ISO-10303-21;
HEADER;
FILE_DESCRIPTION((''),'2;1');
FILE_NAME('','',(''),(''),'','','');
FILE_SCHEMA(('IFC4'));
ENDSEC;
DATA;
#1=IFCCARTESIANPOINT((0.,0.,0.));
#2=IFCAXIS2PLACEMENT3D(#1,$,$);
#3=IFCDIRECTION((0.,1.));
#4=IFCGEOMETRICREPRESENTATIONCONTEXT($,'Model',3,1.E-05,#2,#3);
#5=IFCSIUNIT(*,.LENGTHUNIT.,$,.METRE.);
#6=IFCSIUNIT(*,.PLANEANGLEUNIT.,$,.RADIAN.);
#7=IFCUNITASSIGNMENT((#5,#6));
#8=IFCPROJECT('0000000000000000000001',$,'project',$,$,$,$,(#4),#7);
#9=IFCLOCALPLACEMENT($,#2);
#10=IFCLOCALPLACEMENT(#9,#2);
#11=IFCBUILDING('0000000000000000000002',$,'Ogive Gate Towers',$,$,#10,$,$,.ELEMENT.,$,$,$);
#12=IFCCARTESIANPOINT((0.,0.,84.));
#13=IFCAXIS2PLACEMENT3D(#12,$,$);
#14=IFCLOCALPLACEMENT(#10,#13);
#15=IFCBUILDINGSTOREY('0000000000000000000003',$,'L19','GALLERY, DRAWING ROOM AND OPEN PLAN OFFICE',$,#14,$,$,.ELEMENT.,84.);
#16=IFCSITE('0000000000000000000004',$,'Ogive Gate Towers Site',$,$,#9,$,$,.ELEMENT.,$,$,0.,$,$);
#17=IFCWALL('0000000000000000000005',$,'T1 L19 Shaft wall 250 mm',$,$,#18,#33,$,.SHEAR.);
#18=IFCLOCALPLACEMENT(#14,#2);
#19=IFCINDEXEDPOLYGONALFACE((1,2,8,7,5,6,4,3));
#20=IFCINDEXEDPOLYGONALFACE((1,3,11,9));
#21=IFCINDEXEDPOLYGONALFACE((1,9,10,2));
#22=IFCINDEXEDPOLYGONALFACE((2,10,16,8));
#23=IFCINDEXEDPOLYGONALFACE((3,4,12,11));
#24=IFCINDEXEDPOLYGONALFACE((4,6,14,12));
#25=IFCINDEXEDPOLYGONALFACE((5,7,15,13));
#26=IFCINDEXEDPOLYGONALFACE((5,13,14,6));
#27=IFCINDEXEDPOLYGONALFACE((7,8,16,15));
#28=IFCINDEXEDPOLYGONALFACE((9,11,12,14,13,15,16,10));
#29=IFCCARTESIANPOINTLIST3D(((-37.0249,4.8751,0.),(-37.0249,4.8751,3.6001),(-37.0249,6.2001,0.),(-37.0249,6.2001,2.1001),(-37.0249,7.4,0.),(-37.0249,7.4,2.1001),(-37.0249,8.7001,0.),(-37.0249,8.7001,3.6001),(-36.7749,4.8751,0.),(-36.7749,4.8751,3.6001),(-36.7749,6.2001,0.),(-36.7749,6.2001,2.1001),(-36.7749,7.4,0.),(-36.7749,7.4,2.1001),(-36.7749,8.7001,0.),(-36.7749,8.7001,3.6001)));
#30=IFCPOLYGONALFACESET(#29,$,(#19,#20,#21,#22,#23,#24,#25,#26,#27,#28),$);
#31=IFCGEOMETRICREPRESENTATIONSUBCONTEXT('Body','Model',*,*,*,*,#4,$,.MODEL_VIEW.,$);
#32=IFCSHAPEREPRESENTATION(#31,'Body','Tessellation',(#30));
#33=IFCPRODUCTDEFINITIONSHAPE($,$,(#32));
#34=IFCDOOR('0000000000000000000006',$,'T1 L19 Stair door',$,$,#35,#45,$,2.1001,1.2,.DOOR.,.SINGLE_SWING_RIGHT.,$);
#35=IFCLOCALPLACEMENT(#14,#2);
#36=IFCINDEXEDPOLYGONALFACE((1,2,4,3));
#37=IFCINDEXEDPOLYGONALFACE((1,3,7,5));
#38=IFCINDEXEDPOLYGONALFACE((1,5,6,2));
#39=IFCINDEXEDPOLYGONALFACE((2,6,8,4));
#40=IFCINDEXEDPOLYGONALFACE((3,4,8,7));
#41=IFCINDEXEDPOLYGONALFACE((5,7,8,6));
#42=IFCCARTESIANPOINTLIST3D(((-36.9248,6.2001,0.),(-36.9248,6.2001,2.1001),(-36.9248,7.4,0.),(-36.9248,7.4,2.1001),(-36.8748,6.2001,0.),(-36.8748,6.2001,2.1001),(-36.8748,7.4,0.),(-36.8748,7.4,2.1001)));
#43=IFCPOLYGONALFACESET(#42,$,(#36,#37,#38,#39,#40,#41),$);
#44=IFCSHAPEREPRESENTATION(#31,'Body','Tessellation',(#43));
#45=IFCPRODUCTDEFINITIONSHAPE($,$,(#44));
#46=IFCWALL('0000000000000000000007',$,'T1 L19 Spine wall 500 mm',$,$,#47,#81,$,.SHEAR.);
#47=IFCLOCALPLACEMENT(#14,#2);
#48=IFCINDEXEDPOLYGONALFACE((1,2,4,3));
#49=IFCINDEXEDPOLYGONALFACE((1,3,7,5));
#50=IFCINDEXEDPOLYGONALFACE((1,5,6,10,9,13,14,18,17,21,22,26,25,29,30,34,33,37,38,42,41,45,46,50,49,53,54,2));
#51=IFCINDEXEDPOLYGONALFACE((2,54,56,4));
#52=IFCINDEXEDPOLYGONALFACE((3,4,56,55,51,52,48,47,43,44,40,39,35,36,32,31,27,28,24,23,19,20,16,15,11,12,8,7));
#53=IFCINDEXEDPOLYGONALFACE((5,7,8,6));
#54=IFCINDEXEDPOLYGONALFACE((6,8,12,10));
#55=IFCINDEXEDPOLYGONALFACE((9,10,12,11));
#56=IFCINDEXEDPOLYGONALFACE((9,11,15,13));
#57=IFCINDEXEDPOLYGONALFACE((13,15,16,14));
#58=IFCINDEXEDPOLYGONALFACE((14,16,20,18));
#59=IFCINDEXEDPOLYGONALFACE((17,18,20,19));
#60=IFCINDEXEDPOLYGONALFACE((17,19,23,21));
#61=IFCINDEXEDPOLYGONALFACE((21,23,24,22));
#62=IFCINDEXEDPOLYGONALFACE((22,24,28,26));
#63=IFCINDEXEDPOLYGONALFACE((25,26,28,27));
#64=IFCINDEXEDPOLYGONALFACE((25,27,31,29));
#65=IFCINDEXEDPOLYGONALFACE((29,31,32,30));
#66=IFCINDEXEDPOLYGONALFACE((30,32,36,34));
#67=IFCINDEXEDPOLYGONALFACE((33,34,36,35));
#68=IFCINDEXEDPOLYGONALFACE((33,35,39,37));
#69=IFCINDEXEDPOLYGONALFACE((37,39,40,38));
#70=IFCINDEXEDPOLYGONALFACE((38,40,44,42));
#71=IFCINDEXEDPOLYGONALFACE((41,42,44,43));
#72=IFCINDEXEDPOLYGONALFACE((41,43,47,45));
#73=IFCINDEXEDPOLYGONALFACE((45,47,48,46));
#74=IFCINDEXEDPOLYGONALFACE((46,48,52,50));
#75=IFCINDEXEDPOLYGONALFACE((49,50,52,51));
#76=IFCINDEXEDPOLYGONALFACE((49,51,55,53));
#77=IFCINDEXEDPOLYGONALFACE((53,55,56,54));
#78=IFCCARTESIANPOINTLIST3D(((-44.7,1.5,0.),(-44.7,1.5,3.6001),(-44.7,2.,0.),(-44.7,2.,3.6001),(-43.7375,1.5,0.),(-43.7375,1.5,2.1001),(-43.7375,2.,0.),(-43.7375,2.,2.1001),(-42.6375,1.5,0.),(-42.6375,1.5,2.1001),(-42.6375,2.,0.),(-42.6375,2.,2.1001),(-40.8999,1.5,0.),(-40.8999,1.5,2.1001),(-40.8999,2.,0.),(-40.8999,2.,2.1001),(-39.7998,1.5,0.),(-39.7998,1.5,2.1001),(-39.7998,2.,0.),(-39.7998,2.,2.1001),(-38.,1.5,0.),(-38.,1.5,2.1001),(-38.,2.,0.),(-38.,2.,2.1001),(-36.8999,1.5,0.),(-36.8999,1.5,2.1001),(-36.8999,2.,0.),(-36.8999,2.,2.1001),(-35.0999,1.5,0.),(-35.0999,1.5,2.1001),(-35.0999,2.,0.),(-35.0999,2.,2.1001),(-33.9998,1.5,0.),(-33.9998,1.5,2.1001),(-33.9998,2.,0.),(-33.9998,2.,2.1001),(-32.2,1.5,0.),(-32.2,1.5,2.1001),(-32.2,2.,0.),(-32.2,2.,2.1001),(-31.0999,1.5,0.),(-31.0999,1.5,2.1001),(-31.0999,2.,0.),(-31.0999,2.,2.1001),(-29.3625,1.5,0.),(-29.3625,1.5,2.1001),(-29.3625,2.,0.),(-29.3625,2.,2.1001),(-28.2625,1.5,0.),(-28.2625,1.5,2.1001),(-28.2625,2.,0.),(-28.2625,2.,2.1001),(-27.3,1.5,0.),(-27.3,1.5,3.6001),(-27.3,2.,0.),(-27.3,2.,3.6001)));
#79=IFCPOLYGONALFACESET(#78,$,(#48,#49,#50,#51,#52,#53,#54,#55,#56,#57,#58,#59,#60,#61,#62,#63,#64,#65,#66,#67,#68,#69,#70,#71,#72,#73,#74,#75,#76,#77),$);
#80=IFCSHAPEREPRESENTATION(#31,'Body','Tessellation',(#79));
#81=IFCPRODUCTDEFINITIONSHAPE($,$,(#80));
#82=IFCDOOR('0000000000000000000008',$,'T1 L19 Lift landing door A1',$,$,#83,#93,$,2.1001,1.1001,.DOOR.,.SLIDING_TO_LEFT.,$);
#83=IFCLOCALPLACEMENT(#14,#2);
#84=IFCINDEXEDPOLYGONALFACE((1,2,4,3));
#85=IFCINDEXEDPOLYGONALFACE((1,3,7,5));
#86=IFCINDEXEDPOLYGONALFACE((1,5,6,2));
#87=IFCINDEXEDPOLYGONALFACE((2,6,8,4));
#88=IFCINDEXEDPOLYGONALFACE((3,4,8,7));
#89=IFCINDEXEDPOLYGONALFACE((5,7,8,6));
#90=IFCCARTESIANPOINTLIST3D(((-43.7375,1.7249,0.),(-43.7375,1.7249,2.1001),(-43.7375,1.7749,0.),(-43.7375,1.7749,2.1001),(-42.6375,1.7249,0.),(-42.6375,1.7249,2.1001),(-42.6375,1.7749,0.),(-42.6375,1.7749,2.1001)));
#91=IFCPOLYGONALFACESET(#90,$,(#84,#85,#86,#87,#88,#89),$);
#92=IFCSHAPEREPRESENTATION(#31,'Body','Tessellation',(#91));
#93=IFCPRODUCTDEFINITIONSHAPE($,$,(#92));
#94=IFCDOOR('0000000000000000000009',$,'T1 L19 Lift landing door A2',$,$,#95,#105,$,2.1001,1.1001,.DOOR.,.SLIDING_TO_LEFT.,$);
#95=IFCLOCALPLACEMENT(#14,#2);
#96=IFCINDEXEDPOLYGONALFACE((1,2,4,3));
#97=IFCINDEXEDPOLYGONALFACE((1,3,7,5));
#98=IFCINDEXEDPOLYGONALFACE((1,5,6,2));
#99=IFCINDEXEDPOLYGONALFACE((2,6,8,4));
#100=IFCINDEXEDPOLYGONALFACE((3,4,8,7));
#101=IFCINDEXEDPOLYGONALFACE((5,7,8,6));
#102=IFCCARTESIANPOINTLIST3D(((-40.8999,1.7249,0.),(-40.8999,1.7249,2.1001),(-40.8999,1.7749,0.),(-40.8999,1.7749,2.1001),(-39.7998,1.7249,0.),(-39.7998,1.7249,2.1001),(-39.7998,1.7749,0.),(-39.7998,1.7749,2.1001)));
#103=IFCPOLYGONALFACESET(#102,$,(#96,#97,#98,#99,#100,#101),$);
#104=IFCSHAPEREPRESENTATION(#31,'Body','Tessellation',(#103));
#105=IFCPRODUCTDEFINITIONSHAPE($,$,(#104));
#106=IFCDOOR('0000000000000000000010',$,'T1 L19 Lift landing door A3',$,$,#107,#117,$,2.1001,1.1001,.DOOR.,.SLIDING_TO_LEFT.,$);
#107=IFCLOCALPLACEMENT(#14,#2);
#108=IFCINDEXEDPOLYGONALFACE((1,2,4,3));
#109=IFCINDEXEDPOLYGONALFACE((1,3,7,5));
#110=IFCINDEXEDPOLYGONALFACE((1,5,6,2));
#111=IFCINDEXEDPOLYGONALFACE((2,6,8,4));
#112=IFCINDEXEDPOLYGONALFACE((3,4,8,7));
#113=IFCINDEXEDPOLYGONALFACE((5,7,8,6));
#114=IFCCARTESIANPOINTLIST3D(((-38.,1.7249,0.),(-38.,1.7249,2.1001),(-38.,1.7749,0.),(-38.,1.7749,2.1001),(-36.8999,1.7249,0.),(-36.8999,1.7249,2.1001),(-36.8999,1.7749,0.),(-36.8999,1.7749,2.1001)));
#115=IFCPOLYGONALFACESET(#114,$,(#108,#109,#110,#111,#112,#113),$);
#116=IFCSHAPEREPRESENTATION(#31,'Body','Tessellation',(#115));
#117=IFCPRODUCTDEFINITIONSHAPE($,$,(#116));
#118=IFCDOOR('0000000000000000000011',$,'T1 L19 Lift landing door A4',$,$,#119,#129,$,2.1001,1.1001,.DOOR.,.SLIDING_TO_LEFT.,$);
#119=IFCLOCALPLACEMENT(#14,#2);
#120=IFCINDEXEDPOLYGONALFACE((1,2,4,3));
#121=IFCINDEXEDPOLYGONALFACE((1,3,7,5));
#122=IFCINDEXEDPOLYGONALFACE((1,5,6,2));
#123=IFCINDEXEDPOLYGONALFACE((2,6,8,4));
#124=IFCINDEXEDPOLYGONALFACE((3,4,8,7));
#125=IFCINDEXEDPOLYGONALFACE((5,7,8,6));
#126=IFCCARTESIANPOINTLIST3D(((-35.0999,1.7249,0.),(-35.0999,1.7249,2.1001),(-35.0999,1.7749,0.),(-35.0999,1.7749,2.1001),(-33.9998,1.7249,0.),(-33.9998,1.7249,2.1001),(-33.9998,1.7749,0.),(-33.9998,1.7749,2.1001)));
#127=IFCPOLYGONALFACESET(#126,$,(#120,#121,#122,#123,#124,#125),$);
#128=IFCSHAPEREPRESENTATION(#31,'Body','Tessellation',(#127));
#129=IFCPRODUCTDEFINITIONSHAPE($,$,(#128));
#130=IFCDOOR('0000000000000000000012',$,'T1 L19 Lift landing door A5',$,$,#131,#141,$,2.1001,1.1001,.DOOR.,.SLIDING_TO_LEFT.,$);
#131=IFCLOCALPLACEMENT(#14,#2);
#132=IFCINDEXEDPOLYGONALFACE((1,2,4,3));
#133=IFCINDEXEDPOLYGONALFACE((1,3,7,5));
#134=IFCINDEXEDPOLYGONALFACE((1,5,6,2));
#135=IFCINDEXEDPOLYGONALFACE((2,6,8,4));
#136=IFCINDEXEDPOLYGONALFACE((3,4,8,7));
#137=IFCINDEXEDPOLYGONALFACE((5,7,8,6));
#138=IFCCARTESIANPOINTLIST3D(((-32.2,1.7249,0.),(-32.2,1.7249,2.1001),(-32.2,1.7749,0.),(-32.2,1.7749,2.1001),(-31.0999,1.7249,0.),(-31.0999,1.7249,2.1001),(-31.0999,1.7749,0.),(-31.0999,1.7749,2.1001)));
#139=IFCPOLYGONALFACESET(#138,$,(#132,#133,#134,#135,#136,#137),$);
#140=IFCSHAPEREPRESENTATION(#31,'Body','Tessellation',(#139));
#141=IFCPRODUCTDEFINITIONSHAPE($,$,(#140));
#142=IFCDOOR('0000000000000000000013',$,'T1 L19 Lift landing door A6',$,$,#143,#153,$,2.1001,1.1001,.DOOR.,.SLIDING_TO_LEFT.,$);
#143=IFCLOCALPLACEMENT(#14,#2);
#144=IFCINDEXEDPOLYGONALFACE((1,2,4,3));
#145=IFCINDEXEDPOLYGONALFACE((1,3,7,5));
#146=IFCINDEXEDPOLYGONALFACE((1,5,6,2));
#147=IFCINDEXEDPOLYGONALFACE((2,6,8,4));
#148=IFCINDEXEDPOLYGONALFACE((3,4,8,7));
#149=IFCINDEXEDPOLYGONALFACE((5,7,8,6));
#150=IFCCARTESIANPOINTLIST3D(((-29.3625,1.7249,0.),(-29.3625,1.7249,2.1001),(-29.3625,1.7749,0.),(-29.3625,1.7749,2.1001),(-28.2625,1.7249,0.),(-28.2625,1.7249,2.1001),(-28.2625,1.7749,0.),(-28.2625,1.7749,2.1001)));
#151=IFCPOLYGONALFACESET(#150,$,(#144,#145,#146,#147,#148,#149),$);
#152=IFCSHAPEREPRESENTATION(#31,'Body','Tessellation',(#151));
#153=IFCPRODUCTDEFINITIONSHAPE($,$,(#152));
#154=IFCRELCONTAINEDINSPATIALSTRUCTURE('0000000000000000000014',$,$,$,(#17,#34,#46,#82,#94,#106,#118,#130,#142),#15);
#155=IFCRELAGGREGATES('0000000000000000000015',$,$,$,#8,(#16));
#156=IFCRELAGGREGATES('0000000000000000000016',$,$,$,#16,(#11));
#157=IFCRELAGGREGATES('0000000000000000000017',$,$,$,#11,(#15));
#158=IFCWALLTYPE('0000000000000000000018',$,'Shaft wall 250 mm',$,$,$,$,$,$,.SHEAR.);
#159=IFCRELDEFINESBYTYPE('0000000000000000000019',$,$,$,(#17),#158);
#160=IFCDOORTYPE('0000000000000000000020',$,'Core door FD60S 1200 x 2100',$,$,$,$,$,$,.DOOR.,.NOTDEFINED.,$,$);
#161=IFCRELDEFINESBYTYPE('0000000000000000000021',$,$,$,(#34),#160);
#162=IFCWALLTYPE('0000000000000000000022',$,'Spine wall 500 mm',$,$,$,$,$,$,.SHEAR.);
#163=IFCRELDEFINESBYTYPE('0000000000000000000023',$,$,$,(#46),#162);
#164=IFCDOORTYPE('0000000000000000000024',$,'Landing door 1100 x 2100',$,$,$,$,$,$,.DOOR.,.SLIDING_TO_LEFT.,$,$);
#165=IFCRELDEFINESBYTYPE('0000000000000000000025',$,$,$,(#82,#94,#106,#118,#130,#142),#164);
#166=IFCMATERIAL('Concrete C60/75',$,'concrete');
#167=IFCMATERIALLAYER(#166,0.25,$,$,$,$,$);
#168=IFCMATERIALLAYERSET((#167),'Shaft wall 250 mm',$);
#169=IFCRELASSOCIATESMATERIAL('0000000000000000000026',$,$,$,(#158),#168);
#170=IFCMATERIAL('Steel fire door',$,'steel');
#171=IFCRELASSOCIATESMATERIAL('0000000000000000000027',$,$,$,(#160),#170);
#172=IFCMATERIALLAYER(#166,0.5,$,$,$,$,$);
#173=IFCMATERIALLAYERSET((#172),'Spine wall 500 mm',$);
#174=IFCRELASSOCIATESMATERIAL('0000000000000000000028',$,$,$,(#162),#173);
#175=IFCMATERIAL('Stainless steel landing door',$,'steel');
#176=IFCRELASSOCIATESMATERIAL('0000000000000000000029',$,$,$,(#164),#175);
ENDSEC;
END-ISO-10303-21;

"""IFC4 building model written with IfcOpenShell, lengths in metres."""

from ifc_helpers import new_model, si_unit, direction, frame, frame_2d, origin, place, context, subcontext, project, spatial, rectangle, extrude, material, layer, layer_set, type_object, element, fill, save


model = new_model("IFC4")

# Units and contexts
model_context = context("Model", 3, precision=1e-05, world=origin(), true_north=direction((0.0, 1.0)))
body_context = subcontext(model_context, "Body", "Model", "MODEL_VIEW")
ifc_project = project(units=[si_unit("LENGTHUNIT", "METRE"), si_unit("PLANEANGLEUNIT", "RADIAN")], contexts=[model_context])

# Site, building, storey
site_placement = place(None, origin())
site = spatial("IfcSite", under=ifc_project, at=site_placement, Name="Ogive Gate Towers Site", CompositionType="ELEMENT", RefElevation=0.0)
building_placement = place(site_placement, origin())
building = spatial("IfcBuilding", under=site, at=building_placement, Name="Ogive Gate Towers", CompositionType="ELEMENT")
storey_placement = place(building_placement, frame((0.0, 0.0, 84.0)))
storey = spatial("IfcBuildingStorey", under=building, at=storey_placement, Name="L19", Description="GALLERY, DRAWING ROOM AND OPEN PLAN OFFICE", CompositionType="ELEMENT", Elevation=84.0)

# Shared definitions
ifc_material_1 = material(Name="Concrete C60/75", Category="concrete")
ifc_layer_1 = layer(ifc_material_1, 0.25)
ifc_layer_set_1 = layer_set([ifc_layer_1], Name="Shaft wall 250 mm")
wall_type_1 = type_object("IfcWallType", Name="Shaft wall 250 mm", PredefinedType="SHEAR", material=ifc_layer_set_1)

# Wall, opening, door
wall_1_placement = place(storey_placement, frame((-36.8999, 4.875, 0.0), z_axis=(0.0, 0.0, 1.0), x_axis=(0.0, 1.0, 0.0)))
wall_1 = element("IfcWall", 1, at=wall_1_placement, inside=storey, type_object=wall_type_1, Name="T1 L19 Shaft wall 250 mm", PredefinedType="SHEAR", context=body_context, shape_type="SweptSolid", body=[
    extrude(rectangle(XDim=3.825, YDim=0.25, at=frame_2d((1.9126, 0.0))), origin(), (0.0, 0.0, 1.0), 3.6001),
])
opening_1_placement = place(wall_1_placement, frame((1.325, 0.0, 0.0)))
opening_1 = element("IfcOpeningElement", 2, at=opening_1_placement, cuts=wall_1, PredefinedType="OPENING", context=body_context, shape_type="SweptSolid", body=[
    extrude(rectangle(XDim=1.2, YDim=2.1001, at=frame_2d((0.6001, 1.05))), frame((0.0, 0.135, 0.0), z_axis=(0.0, -1.0, 0.0), x_axis=(1.0, 0.0, 0.0)), (0.0, 0.0, 1.0), 0.27),
])
ifc_material_2 = material(Name="Steel fire door", Category="steel")
door_type_1 = type_object("IfcDoorType", Name="Core door FD60S 1200 x 2100", OperationType="NOTDEFINED", PredefinedType="DOOR", material=ifc_material_2)
door_1_placement = place(opening_1_placement, origin())
door_1 = element("IfcDoor", 3, at=door_1_placement, inside=storey, type_object=door_type_1, Name="T1 L19 Stair door", OperationType="SINGLE_SWING_RIGHT", OverallHeight=2.1001, OverallWidth=1.2, PredefinedType="DOOR", context=body_context, shape_type="SweptSolid", body=[
    extrude(rectangle(XDim=1.2, YDim=2.1001, at=frame_2d((0.6001, 1.05))), frame((0.0, 0.0249, 0.0), z_axis=(0.0, -1.0, 0.0), x_axis=(1.0, 0.0, 0.0)), (0.0, 0.0, 1.0), 0.05),
])
fill(opening_1, door_1)

# Wall, openings, doors
ifc_layer_2 = layer(ifc_material_1, 0.5)
ifc_layer_set_2 = layer_set([ifc_layer_2], Name="Spine wall 500 mm")
wall_type_2 = type_object("IfcWallType", Name="Spine wall 500 mm", PredefinedType="SHEAR", material=ifc_layer_set_2)
wall_2_placement = place(storey_placement, frame((-44.7, 1.75, 0.0), z_axis=(0.0, 0.0, 1.0), x_axis=(1.0, 0.0, 0.0)))
wall_2 = element("IfcWall", 4, at=wall_2_placement, inside=storey, type_object=wall_type_2, Name="T1 L19 Spine wall 500 mm", PredefinedType="SHEAR", context=body_context, shape_type="SweptSolid", body=[
    extrude(rectangle(XDim=17.3999, YDim=0.5, at=frame_2d((8.7, 0.0))), origin(), (0.0, 0.0, 1.0), 3.6001),
])
opening_2_placement = place(wall_2_placement, frame((0.9624, 0.0, 0.0)))
opening_2 = element("IfcOpeningElement", 5, at=opening_2_placement, cuts=wall_2, PredefinedType="OPENING", context=body_context, shape_type="SweptSolid", body=[
    extrude(rectangle(XDim=1.1001, YDim=2.1001, at=frame_2d((0.55, 1.05))), frame((0.0, 0.26, 0.0), z_axis=(0.0, -1.0, 0.0), x_axis=(1.0, 0.0, 0.0)), (0.0, 0.0, 1.0), 0.52),
])
opening_3_placement = place(wall_2_placement, frame((3.8, 0.0, 0.0)))
opening_3 = element("IfcOpeningElement", 6, at=opening_3_placement, cuts=wall_2, PredefinedType="OPENING", context=body_context, shape_type="SweptSolid", body=[
    extrude(rectangle(XDim=1.1001, YDim=2.1001, at=frame_2d((0.55, 1.05))), frame((0.0, 0.26, 0.0), z_axis=(0.0, -1.0, 0.0), x_axis=(1.0, 0.0, 0.0)), (0.0, 0.0, 1.0), 0.52),
])
opening_4_placement = place(wall_2_placement, frame((6.7, 0.0, 0.0)))
opening_4 = element("IfcOpeningElement", 7, at=opening_4_placement, cuts=wall_2, PredefinedType="OPENING", context=body_context, shape_type="SweptSolid", body=[
    extrude(rectangle(XDim=1.1001, YDim=2.1001, at=frame_2d((0.55, 1.05))), frame((0.0, 0.26, 0.0), z_axis=(0.0, -1.0, 0.0), x_axis=(1.0, 0.0, 0.0)), (0.0, 0.0, 1.0), 0.52),
])
opening_5_placement = place(wall_2_placement, frame((9.6001, 0.0, 0.0)))
opening_5 = element("IfcOpeningElement", 8, at=opening_5_placement, cuts=wall_2, PredefinedType="OPENING", context=body_context, shape_type="SweptSolid", body=[
    extrude(rectangle(XDim=1.1001, YDim=2.1001, at=frame_2d((0.55, 1.05))), frame((0.0, 0.26, 0.0), z_axis=(0.0, -1.0, 0.0), x_axis=(1.0, 0.0, 0.0)), (0.0, 0.0, 1.0), 0.52),
])
opening_6_placement = place(wall_2_placement, frame((12.5, 0.0, 0.0)))
opening_6 = element("IfcOpeningElement", 9, at=opening_6_placement, cuts=wall_2, PredefinedType="OPENING", context=body_context, shape_type="SweptSolid", body=[
    extrude(rectangle(XDim=1.1001, YDim=2.1001, at=frame_2d((0.55, 1.05))), frame((0.0, 0.26, 0.0), z_axis=(0.0, -1.0, 0.0), x_axis=(1.0, 0.0, 0.0)), (0.0, 0.0, 1.0), 0.52),
])
opening_7_placement = place(wall_2_placement, frame((15.3374, 0.0, 0.0)))
opening_7 = element("IfcOpeningElement", 10, at=opening_7_placement, cuts=wall_2, PredefinedType="OPENING", context=body_context, shape_type="SweptSolid", body=[
    extrude(rectangle(XDim=1.1001, YDim=2.1001, at=frame_2d((0.55, 1.05))), frame((0.0, 0.26, 0.0), z_axis=(0.0, -1.0, 0.0), x_axis=(1.0, 0.0, 0.0)), (0.0, 0.0, 1.0), 0.52),
])
ifc_material_3 = material(Name="Stainless steel landing door", Category="steel")
door_type_2 = type_object("IfcDoorType", Name="Landing door 1100 x 2100", OperationType="SLIDING_TO_LEFT", PredefinedType="DOOR", material=ifc_material_3)
door_2_placement = place(opening_2_placement, origin())
door_2 = element("IfcDoor", 11, at=door_2_placement, inside=storey, type_object=door_type_2, Name="T1 L19 Lift landing door A1", OperationType="SLIDING_TO_LEFT", OverallHeight=2.1001, OverallWidth=1.1001, PredefinedType="DOOR", context=body_context, shape_type="SweptSolid", body=[
    extrude(rectangle(XDim=1.1001, YDim=2.1001, at=frame_2d((0.55, 1.05))), frame((0.0, 0.0249, 0.0), z_axis=(0.0, -1.0, 0.0), x_axis=(1.0, 0.0, 0.0)), (0.0, 0.0, 1.0), 0.05),
])
fill(opening_2, door_2)
door_3_placement = place(opening_3_placement, origin())
door_3 = element("IfcDoor", 12, at=door_3_placement, inside=storey, type_object=door_type_2, Name="T1 L19 Lift landing door A2", OperationType="SLIDING_TO_LEFT", OverallHeight=2.1001, OverallWidth=1.1001, PredefinedType="DOOR", context=body_context, shape_type="SweptSolid", body=[
    extrude(rectangle(XDim=1.1001, YDim=2.1001, at=frame_2d((0.55, 1.05))), frame((0.0, 0.0249, 0.0), z_axis=(0.0, -1.0, 0.0), x_axis=(1.0, 0.0, 0.0)), (0.0, 0.0, 1.0), 0.05),
])
fill(opening_3, door_3)
door_4_placement = place(opening_4_placement, origin())
door_4 = element("IfcDoor", 13, at=door_4_placement, inside=storey, type_object=door_type_2, Name="T1 L19 Lift landing door A3", OperationType="SLIDING_TO_LEFT", OverallHeight=2.1001, OverallWidth=1.1001, PredefinedType="DOOR", context=body_context, shape_type="SweptSolid", body=[
    extrude(rectangle(XDim=1.1001, YDim=2.1001, at=frame_2d((0.55, 1.05))), frame((0.0, 0.0249, 0.0), z_axis=(0.0, -1.0, 0.0), x_axis=(1.0, 0.0, 0.0)), (0.0, 0.0, 1.0), 0.05),
])
fill(opening_4, door_4)
door_5_placement = place(opening_5_placement, origin())
door_5 = element("IfcDoor", 14, at=door_5_placement, inside=storey, type_object=door_type_2, Name="T1 L19 Lift landing door A4", OperationType="SLIDING_TO_LEFT", OverallHeight=2.1001, OverallWidth=1.1001, PredefinedType="DOOR", context=body_context, shape_type="SweptSolid", body=[
    extrude(rectangle(XDim=1.1001, YDim=2.1001, at=frame_2d((0.55, 1.05))), frame((0.0, 0.0249, 0.0), z_axis=(0.0, -1.0, 0.0), x_axis=(1.0, 0.0, 0.0)), (0.0, 0.0, 1.0), 0.05),
])
fill(opening_5, door_5)
door_6_placement = place(opening_6_placement, origin())
door_6 = element("IfcDoor", 15, at=door_6_placement, inside=storey, type_object=door_type_2, Name="T1 L19 Lift landing door A5", OperationType="SLIDING_TO_LEFT", OverallHeight=2.1001, OverallWidth=1.1001, PredefinedType="DOOR", context=body_context, shape_type="SweptSolid", body=[
    extrude(rectangle(XDim=1.1001, YDim=2.1001, at=frame_2d((0.55, 1.05))), frame((0.0, 0.0249, 0.0), z_axis=(0.0, -1.0, 0.0), x_axis=(1.0, 0.0, 0.0)), (0.0, 0.0, 1.0), 0.05),
])
fill(opening_6, door_6)
door_7_placement = place(opening_7_placement, origin())
door_7 = element("IfcDoor", 16, at=door_7_placement, inside=storey, type_object=door_type_2, Name="T1 L19 Lift landing door A6", OperationType="SLIDING_TO_LEFT", OverallHeight=2.1001, OverallWidth=1.1001, PredefinedType="DOOR", context=body_context, shape_type="SweptSolid", body=[
    extrude(rectangle(XDim=1.1001, YDim=2.1001, at=frame_2d((0.55, 1.05))), frame((0.0, 0.0249, 0.0), z_axis=(0.0, -1.0, 0.0), x_axis=(1.0, 0.0, 0.0)), (0.0, 0.0, 1.0), 0.05),
])
fill(opening_7, door_7)

save(model, "model.ifc")
